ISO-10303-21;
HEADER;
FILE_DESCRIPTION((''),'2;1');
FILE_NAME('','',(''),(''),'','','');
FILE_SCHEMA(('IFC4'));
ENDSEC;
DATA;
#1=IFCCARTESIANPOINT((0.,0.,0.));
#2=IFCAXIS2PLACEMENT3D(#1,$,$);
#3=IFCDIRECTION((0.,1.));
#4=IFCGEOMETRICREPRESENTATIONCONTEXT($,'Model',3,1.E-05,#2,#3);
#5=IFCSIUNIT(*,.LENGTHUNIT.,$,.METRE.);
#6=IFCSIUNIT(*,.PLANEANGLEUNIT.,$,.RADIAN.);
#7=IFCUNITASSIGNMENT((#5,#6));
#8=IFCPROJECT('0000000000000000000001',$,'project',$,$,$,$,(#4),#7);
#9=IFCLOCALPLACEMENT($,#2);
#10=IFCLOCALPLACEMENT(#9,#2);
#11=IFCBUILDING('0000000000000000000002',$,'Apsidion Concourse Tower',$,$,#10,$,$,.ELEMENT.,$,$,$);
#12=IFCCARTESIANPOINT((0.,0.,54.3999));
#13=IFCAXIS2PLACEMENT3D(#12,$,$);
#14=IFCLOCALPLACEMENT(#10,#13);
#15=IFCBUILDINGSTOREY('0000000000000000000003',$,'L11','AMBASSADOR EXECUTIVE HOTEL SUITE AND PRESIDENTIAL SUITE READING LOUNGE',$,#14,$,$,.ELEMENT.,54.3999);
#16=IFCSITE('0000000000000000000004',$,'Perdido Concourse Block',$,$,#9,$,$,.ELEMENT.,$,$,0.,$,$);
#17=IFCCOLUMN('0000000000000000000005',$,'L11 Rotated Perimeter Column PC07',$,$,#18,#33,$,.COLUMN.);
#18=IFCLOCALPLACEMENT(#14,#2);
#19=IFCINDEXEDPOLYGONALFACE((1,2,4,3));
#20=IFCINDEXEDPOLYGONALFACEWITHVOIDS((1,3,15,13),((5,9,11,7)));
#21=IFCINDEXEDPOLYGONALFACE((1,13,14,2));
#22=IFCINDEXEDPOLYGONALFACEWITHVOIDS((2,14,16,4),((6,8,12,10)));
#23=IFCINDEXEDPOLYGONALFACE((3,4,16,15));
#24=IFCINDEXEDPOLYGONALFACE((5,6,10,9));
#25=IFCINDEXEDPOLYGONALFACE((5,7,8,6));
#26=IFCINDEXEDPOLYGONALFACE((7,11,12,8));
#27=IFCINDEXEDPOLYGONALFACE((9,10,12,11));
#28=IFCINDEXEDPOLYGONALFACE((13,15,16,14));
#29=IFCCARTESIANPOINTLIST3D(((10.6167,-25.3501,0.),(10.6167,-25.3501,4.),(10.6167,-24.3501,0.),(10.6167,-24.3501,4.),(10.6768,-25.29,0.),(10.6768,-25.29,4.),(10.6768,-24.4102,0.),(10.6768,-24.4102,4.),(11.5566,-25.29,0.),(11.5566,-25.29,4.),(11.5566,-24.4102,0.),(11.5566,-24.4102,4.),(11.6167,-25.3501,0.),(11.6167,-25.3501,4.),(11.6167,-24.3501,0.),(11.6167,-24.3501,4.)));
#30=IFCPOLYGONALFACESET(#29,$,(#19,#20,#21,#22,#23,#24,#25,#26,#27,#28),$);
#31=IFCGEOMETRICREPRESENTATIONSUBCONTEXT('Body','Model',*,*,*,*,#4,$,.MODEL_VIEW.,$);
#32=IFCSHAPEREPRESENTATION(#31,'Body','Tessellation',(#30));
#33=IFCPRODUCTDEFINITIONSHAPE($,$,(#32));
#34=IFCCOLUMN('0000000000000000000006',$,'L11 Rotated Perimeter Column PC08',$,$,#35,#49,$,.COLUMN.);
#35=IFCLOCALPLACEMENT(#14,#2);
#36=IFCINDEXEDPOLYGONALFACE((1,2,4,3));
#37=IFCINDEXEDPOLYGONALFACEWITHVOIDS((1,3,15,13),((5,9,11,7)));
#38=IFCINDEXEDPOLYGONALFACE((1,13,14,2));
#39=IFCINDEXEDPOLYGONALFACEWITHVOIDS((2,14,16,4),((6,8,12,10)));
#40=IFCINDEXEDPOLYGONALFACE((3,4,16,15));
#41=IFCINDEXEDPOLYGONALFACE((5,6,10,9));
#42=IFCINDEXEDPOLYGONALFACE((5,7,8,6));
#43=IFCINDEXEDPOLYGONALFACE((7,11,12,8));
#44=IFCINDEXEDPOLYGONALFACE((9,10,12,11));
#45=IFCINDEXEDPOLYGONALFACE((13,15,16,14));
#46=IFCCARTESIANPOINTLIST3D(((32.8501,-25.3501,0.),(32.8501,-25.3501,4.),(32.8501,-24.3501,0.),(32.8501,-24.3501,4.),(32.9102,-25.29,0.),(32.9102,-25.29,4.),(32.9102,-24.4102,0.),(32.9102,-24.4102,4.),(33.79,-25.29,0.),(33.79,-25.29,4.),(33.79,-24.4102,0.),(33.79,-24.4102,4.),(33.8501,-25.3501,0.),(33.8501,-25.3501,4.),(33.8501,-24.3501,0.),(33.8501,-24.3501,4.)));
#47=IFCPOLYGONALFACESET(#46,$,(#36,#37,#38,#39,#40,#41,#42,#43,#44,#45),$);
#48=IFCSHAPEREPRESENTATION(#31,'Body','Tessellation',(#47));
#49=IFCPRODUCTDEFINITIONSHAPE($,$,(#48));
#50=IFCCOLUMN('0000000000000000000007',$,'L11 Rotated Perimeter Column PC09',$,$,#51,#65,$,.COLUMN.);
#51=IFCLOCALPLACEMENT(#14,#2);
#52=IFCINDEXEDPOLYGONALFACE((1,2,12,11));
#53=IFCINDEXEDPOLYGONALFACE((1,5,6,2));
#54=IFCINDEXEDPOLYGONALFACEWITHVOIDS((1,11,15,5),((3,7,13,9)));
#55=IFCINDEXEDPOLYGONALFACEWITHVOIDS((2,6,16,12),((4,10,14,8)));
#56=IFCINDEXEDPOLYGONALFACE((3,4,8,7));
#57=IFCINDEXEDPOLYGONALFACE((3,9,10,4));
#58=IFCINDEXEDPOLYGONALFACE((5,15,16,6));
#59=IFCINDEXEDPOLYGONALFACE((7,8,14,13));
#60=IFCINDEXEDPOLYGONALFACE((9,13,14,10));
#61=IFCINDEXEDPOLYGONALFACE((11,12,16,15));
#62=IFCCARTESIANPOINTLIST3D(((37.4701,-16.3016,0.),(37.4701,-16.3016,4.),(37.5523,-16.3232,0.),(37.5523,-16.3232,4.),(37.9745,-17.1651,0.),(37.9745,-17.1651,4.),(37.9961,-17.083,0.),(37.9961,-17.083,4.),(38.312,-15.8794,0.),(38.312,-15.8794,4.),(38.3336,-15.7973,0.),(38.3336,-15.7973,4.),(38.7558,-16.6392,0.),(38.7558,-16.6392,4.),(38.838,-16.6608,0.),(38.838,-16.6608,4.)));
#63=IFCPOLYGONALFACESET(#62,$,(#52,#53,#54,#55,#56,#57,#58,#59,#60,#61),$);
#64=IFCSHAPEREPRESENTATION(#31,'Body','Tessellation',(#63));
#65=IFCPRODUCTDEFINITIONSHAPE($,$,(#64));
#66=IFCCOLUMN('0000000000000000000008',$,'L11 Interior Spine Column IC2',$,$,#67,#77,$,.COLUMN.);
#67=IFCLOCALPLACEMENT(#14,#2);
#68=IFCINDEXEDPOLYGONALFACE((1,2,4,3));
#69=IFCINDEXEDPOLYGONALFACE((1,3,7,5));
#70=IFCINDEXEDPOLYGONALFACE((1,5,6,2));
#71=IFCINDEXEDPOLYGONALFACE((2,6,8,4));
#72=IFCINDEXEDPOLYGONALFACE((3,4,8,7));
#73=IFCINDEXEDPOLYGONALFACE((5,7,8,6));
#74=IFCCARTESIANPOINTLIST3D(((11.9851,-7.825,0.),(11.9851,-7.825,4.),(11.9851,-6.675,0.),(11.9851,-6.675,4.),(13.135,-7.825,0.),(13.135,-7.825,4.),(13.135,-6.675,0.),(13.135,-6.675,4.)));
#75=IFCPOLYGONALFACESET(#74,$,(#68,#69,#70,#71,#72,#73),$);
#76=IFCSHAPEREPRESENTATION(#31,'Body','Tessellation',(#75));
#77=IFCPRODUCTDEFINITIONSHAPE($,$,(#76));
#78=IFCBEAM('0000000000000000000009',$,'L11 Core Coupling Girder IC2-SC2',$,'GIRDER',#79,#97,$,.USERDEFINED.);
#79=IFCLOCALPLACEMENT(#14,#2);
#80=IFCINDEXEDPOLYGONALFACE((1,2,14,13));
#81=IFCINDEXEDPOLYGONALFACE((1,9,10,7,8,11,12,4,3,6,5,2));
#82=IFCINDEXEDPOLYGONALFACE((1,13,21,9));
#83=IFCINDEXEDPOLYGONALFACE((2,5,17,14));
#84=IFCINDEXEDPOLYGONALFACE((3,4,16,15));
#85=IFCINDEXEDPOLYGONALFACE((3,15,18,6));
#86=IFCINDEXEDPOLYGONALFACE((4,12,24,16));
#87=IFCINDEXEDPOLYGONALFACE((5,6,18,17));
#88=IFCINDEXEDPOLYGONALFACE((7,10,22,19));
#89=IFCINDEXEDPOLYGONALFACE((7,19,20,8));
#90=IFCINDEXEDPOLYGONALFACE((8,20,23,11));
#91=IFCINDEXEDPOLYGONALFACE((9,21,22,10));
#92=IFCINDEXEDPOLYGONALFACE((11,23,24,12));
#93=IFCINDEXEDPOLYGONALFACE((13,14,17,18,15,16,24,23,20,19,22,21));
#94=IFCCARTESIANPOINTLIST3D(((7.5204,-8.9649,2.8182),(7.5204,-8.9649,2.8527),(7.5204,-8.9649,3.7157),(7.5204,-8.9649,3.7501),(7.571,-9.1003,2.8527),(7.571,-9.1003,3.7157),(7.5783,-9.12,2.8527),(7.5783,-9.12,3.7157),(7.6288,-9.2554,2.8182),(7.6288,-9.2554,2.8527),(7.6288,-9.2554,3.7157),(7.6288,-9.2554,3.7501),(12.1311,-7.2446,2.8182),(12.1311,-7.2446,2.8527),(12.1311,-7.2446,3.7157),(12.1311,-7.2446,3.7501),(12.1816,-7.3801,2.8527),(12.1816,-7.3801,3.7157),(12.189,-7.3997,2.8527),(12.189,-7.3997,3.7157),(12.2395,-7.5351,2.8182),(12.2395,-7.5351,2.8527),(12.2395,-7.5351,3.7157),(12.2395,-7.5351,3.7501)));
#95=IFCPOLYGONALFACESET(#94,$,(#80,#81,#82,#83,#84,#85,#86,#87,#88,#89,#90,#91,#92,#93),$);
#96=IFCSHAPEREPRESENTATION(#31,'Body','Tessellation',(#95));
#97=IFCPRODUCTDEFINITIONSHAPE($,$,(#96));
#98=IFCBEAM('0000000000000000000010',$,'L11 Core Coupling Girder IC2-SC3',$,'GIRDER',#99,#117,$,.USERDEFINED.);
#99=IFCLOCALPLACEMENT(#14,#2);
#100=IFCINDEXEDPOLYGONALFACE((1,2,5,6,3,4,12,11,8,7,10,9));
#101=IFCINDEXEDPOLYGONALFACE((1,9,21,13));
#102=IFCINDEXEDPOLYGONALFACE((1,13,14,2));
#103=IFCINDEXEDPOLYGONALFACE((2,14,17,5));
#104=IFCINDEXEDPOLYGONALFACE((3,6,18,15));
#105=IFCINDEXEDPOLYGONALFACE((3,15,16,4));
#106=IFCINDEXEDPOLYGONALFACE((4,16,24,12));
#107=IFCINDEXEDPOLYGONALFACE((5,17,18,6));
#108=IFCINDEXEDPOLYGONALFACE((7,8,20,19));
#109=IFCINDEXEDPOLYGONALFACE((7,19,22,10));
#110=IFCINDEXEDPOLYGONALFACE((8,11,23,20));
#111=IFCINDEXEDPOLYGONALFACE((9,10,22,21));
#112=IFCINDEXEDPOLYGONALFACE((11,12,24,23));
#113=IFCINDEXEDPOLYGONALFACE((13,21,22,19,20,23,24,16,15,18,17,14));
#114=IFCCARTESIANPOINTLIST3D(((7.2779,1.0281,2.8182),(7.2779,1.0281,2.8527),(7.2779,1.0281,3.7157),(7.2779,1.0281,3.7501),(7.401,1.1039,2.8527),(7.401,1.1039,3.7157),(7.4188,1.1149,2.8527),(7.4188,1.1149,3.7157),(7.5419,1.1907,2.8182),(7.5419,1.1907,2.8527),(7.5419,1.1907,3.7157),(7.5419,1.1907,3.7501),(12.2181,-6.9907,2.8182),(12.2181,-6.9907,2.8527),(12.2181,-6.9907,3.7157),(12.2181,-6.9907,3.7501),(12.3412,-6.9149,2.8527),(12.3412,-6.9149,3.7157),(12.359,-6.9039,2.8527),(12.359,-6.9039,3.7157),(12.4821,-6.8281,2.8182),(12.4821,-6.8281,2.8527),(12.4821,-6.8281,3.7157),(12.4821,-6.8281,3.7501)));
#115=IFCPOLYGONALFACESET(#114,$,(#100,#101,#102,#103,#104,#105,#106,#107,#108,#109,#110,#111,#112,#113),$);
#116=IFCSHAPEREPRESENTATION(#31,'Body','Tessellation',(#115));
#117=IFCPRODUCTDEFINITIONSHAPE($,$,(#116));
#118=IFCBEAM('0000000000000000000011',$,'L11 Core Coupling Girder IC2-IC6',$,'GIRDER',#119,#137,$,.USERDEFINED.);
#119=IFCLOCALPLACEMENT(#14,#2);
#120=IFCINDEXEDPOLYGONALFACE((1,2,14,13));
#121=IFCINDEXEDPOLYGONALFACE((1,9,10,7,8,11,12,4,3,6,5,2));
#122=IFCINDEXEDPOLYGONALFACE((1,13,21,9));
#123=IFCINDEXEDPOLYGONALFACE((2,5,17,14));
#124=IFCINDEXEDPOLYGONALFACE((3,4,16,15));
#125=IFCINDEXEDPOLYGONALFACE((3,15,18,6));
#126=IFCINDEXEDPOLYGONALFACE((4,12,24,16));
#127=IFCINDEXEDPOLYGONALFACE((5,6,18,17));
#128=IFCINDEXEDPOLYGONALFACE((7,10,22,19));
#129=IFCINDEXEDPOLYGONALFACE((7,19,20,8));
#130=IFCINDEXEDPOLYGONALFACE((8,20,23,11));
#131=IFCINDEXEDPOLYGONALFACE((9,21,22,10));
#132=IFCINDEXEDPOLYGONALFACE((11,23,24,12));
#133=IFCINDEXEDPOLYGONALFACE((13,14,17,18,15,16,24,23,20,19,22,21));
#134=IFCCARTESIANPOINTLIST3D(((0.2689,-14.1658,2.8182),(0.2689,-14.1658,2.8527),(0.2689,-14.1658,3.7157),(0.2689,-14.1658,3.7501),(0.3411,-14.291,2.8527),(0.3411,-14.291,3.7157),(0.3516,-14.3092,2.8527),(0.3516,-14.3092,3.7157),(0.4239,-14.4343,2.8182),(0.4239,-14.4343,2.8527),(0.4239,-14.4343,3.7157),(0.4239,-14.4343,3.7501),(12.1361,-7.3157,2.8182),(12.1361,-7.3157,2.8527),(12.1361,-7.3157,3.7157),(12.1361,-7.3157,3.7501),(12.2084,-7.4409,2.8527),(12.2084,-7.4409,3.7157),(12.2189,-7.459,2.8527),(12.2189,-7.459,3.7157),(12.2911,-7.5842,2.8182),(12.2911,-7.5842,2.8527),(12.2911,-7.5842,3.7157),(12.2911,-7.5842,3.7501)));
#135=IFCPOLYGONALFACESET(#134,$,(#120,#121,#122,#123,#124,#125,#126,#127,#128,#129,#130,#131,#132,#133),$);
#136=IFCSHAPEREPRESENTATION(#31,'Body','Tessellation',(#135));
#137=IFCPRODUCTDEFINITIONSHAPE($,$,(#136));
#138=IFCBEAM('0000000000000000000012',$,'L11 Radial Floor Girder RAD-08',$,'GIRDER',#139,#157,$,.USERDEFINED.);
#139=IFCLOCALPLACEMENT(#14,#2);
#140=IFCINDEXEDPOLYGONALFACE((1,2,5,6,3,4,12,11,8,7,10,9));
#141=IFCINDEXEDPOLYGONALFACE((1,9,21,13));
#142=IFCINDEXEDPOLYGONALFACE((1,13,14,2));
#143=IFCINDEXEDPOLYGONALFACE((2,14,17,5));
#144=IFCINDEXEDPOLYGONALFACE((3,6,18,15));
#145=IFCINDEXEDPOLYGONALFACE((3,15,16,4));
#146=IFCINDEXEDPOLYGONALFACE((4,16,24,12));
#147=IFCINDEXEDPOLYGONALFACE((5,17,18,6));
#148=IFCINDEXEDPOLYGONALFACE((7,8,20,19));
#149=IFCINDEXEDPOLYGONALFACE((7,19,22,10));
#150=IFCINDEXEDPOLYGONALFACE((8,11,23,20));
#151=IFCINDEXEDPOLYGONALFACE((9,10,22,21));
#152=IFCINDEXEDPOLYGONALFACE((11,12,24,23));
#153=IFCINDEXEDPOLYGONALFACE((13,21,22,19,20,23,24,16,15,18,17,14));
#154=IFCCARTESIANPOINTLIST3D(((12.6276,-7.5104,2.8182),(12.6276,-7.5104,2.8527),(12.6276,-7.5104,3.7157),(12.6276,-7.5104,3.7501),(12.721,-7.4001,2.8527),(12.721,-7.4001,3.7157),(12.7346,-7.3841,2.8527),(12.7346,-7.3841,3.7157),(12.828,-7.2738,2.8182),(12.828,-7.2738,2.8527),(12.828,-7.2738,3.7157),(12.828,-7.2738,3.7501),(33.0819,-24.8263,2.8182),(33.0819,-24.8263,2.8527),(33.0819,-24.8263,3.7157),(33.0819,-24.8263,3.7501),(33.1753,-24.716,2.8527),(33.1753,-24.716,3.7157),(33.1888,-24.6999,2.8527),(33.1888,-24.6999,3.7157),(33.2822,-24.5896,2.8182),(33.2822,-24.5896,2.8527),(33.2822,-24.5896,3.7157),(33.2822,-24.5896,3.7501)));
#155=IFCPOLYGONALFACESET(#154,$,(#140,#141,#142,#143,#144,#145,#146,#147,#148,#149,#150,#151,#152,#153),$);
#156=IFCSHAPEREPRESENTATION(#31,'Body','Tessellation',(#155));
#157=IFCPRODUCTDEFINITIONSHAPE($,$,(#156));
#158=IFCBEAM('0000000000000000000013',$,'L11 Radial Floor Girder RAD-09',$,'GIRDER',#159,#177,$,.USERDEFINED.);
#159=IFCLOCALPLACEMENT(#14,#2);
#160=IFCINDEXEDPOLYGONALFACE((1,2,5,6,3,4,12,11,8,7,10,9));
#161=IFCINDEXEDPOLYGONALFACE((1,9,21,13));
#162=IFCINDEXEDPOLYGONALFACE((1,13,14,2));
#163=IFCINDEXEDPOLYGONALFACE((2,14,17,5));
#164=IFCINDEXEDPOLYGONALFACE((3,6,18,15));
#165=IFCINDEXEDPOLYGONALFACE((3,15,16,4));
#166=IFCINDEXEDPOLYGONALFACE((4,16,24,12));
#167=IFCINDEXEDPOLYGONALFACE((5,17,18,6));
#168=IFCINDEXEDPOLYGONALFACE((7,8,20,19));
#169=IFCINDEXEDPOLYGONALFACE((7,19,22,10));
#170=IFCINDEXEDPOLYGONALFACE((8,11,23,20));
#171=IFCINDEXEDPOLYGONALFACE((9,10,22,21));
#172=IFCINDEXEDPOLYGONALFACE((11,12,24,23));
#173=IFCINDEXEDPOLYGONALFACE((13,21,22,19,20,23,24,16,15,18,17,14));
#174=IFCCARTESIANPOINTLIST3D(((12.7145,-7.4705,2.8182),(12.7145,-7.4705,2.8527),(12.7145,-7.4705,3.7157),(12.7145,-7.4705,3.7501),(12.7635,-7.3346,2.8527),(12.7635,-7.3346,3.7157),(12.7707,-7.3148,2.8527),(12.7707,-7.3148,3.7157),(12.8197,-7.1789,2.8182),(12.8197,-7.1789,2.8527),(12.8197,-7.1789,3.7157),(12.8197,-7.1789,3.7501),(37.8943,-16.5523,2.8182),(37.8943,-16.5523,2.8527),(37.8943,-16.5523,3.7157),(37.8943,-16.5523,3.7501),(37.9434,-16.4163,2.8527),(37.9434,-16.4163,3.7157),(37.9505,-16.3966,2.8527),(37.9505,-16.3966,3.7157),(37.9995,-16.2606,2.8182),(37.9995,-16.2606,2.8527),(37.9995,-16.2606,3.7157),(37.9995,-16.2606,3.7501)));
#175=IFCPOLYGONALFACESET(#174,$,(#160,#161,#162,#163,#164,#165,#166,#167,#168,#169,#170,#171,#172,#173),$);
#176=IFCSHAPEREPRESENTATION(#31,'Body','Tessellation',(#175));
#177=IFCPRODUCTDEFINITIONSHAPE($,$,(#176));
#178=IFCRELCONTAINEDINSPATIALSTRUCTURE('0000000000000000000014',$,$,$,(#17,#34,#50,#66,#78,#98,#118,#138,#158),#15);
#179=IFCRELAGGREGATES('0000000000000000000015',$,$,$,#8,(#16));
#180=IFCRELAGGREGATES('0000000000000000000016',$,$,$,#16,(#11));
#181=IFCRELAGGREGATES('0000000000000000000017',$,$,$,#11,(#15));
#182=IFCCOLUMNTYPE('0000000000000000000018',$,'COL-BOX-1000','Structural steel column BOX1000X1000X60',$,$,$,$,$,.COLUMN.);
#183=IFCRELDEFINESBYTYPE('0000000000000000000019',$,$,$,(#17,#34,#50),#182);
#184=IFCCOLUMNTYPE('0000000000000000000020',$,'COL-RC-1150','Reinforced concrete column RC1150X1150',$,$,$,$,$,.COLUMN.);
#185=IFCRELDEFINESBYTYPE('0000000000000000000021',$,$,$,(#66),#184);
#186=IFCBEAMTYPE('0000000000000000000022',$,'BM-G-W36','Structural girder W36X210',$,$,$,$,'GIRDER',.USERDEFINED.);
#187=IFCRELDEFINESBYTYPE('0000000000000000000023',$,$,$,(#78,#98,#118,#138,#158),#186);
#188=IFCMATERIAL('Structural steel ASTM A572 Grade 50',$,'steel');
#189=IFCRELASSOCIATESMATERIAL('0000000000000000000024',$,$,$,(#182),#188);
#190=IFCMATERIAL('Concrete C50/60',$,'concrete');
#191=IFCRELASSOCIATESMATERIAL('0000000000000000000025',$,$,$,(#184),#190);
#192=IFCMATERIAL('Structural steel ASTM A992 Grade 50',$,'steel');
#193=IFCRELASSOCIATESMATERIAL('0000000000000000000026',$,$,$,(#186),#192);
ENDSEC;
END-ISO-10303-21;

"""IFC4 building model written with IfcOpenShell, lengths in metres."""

from ifc_helpers import new_model, si_unit, direction, frame, origin, origin_2d, place, context, subcontext, project, spatial, rectangle, hollow_rectangle, i_section, extrude, material, material_profile, profile_set, type_object, element, save


model = new_model("IFC4")

# Units and contexts
model_context = context("Model", 3, precision=1e-05, world=origin(), true_north=direction((0.0, 1.0)))
body_context = subcontext(model_context, "Body", "Model", "MODEL_VIEW")
ifc_project = project(units=[si_unit("LENGTHUNIT", "METRE"), si_unit("PLANEANGLEUNIT", "RADIAN")], contexts=[model_context])

# Site, building, storey
site_placement = place(None, origin())
site = spatial("IfcSite", under=ifc_project, at=site_placement, Name="Perdido Concourse Block", CompositionType="ELEMENT", RefElevation=0.0)
building_placement = place(site_placement, origin())
building = spatial("IfcBuilding", under=site, at=building_placement, Name="Apsidion Concourse Tower", CompositionType="ELEMENT")
storey_placement = place(building_placement, frame((0.0, 0.0, 54.3999)))
storey = spatial("IfcBuildingStorey", under=building, at=storey_placement, Name="L11", Description="AMBASSADOR EXECUTIVE HOTEL SUITE AND PRESIDENTIAL SUITE READING LOUNGE", CompositionType="ELEMENT", Elevation=54.3999)

# Columns
ifc_material_1 = material(Name="Structural steel ASTM A572 Grade 50", Category="steel")
ifc_material_profile_1 = material_profile(ifc_material_1, hollow_rectangle(XDim=1.0, YDim=1.0, WallThickness=0.0601, at=origin_2d()), Name="BOX1000X1000X60")
ifc_profile_set_1 = profile_set([ifc_material_profile_1], Name="Structural steel ASTM A572 Grade 50")
column_type_1 = type_object("IfcColumnType", Name="COL-BOX-1000", Description="Structural steel column BOX1000X1000X60", PredefinedType="COLUMN", material=ifc_profile_set_1)
for number, where, z_axis, x_axis, name in (
    (1, (11.1167, -24.8501, 0.0), (0.0, 0.0, 1.0), (1.0, 0.0, 0.0), "L11 Rotated Perimeter Column PC07"),
    (2, (33.3501, -24.8501, 0.0), (0.0, 0.0, 1.0), (1.0, 0.0, 0.0), "L11 Rotated Perimeter Column PC08"),
    (3, (38.1541, -16.4812, 0.0), (0.0, 0.0, 1.0), (-0.504377, 0.863484, 0.0), "L11 Rotated Perimeter Column PC09"),
):
    element("IfcColumn", number, at=place(storey_placement, frame(where, z_axis=z_axis, x_axis=x_axis)), inside=storey, type_object=column_type_1, Name=name, PredefinedType="COLUMN", context=body_context, shape_type="SweptSolid", body=[
        extrude(hollow_rectangle(XDim=1.0, YDim=1.0, WallThickness=0.0601, at=origin_2d()), origin(), (0.0, 0.0, 1.0), 4.0),
    ])
ifc_material_2 = material(Name="Concrete C50/60", Category="concrete")
ifc_material_profile_2 = material_profile(ifc_material_2, rectangle(XDim=1.1499, YDim=1.1499, at=origin_2d()), Name="RC 1150x1150")
ifc_profile_set_2 = profile_set([ifc_material_profile_2], Name="Concrete C50/60")
column_type_2 = type_object("IfcColumnType", Name="COL-RC-1150", Description="Reinforced concrete column RC1150X1150", PredefinedType="COLUMN", material=ifc_profile_set_2)
column_placement = place(storey_placement, frame((12.5601, -7.25, 0.0), z_axis=(0.0, 0.0, 1.0), x_axis=(1.0, 0.0, 0.0)))
element("IfcColumn", 4, at=column_placement, inside=storey, type_object=column_type_2, Name="L11 Interior Spine Column IC2", PredefinedType="COLUMN", context=body_context, shape_type="SweptSolid", body=[
    extrude(rectangle(XDim=1.1499, YDim=1.1499, at=origin_2d()), origin(), (0.0, 0.0, 1.0), 4.0),
])

# Beams
ifc_material_3 = material(Name="Structural steel ASTM A992 Grade 50", Category="steel")
ifc_material_profile_3 = material_profile(ifc_material_3, i_section(OverallWidth=0.3101, OverallDepth=0.9319, WebThickness=0.021, FlangeThickness=0.0344, at=origin_2d()), Name="W36X210")
ifc_profile_set_3 = profile_set([ifc_material_profile_3], Name="Structural steel ASTM A992 Grade 50")
beam_type_1 = type_object("IfcBeamType", Name="BM-G-W36", Description="Structural girder W36X210", ElementType="GIRDER", PredefinedType="USERDEFINED", material=ifc_profile_set_3)
beam_1_placement = place(storey_placement, frame((12.1853, -7.3899, 3.2842), z_axis=(-0.936913, -0.349563, 0.0), x_axis=(0.349563, -0.936913, 0.0)))
element("IfcBeam", 5, at=beam_1_placement, inside=storey, type_object=beam_type_1, Name="L11 Core Coupling Girder IC2-SC2", ObjectType="GIRDER", PredefinedType="USERDEFINED", context=body_context, shape_type="SweptSolid", body=[
    extrude(i_section(OverallWidth=0.3101, OverallDepth=0.9319, WebThickness=0.021, FlangeThickness=0.0344, at=origin_2d()), origin(), (0.0, 0.0, 1.0), 4.9211),
])
beam_2_placement = place(storey_placement, frame((12.3501, -6.9094, 3.2842), z_axis=(-0.524524, 0.851396, 0.0), x_axis=(-0.851396, -0.524524, 0.0)))
element("IfcBeam", 6, at=beam_2_placement, inside=storey, type_object=beam_type_1, Name="L11 Core Coupling Girder IC2-SC3", ObjectType="GIRDER", PredefinedType="USERDEFINED", context=body_context, shape_type="SweptSolid", body=[
    extrude(i_section(OverallWidth=0.3101, OverallDepth=0.9319, WebThickness=0.021, FlangeThickness=0.0344, at=origin_2d()), origin(), (0.0, 0.0, 1.0), 9.4185),
])
beam_3_placement = place(storey_placement, frame((12.2136, -7.45, 3.2842), z_axis=(-0.86607, -0.499922, 0.0), x_axis=(0.499922, -0.86607, 0.0)))
element("IfcBeam", 7, at=beam_3_placement, inside=storey, type_object=beam_type_1, Name="L11 Core Coupling Girder IC2-IC6", ObjectType="GIRDER", PredefinedType="USERDEFINED", context=body_context, shape_type="SweptSolid", body=[
    extrude(i_section(OverallWidth=0.3101, OverallDepth=0.9319, WebThickness=0.021, FlangeThickness=0.0344, at=origin_2d()), origin(), (0.0, 0.0, 1.0), 13.7024),
])
beam_4_placement = place(storey_placement, frame((12.7278, -7.3921, 3.2842), z_axis=(0.763232, -0.646125, 0.0), x_axis=(0.646125, 0.763232, 0.0)))
element("IfcBeam", 8, at=beam_4_placement, inside=storey, type_object=beam_type_1, Name="L11 Radial Floor Girder RAD-08", ObjectType="GIRDER", PredefinedType="USERDEFINED", context=body_context, shape_type="SweptSolid", body=[
    extrude(i_section(OverallWidth=0.3101, OverallDepth=0.9319, WebThickness=0.021, FlangeThickness=0.0344, at=origin_2d()), origin(), (0.0, 0.0, 1.0), 26.7996),
])
beam_5_placement = place(storey_placement, frame((12.7671, -7.3247, 3.2842), z_axis=(0.940685, -0.339282, 0.0), x_axis=(0.339282, 0.940685, 0.0)))
element("IfcBeam", 9, at=beam_5_placement, inside=storey, type_object=beam_type_1, Name="L11 Radial Floor Girder RAD-09", ObjectType="GIRDER", PredefinedType="USERDEFINED", context=body_context, shape_type="SweptSolid", body=[
    extrude(i_section(OverallWidth=0.3101, OverallDepth=0.9319, WebThickness=0.021, FlangeThickness=0.0344, at=origin_2d()), origin(), (0.0, 0.0, 1.0), 26.7676),
])

save(model, "model.ifc")
